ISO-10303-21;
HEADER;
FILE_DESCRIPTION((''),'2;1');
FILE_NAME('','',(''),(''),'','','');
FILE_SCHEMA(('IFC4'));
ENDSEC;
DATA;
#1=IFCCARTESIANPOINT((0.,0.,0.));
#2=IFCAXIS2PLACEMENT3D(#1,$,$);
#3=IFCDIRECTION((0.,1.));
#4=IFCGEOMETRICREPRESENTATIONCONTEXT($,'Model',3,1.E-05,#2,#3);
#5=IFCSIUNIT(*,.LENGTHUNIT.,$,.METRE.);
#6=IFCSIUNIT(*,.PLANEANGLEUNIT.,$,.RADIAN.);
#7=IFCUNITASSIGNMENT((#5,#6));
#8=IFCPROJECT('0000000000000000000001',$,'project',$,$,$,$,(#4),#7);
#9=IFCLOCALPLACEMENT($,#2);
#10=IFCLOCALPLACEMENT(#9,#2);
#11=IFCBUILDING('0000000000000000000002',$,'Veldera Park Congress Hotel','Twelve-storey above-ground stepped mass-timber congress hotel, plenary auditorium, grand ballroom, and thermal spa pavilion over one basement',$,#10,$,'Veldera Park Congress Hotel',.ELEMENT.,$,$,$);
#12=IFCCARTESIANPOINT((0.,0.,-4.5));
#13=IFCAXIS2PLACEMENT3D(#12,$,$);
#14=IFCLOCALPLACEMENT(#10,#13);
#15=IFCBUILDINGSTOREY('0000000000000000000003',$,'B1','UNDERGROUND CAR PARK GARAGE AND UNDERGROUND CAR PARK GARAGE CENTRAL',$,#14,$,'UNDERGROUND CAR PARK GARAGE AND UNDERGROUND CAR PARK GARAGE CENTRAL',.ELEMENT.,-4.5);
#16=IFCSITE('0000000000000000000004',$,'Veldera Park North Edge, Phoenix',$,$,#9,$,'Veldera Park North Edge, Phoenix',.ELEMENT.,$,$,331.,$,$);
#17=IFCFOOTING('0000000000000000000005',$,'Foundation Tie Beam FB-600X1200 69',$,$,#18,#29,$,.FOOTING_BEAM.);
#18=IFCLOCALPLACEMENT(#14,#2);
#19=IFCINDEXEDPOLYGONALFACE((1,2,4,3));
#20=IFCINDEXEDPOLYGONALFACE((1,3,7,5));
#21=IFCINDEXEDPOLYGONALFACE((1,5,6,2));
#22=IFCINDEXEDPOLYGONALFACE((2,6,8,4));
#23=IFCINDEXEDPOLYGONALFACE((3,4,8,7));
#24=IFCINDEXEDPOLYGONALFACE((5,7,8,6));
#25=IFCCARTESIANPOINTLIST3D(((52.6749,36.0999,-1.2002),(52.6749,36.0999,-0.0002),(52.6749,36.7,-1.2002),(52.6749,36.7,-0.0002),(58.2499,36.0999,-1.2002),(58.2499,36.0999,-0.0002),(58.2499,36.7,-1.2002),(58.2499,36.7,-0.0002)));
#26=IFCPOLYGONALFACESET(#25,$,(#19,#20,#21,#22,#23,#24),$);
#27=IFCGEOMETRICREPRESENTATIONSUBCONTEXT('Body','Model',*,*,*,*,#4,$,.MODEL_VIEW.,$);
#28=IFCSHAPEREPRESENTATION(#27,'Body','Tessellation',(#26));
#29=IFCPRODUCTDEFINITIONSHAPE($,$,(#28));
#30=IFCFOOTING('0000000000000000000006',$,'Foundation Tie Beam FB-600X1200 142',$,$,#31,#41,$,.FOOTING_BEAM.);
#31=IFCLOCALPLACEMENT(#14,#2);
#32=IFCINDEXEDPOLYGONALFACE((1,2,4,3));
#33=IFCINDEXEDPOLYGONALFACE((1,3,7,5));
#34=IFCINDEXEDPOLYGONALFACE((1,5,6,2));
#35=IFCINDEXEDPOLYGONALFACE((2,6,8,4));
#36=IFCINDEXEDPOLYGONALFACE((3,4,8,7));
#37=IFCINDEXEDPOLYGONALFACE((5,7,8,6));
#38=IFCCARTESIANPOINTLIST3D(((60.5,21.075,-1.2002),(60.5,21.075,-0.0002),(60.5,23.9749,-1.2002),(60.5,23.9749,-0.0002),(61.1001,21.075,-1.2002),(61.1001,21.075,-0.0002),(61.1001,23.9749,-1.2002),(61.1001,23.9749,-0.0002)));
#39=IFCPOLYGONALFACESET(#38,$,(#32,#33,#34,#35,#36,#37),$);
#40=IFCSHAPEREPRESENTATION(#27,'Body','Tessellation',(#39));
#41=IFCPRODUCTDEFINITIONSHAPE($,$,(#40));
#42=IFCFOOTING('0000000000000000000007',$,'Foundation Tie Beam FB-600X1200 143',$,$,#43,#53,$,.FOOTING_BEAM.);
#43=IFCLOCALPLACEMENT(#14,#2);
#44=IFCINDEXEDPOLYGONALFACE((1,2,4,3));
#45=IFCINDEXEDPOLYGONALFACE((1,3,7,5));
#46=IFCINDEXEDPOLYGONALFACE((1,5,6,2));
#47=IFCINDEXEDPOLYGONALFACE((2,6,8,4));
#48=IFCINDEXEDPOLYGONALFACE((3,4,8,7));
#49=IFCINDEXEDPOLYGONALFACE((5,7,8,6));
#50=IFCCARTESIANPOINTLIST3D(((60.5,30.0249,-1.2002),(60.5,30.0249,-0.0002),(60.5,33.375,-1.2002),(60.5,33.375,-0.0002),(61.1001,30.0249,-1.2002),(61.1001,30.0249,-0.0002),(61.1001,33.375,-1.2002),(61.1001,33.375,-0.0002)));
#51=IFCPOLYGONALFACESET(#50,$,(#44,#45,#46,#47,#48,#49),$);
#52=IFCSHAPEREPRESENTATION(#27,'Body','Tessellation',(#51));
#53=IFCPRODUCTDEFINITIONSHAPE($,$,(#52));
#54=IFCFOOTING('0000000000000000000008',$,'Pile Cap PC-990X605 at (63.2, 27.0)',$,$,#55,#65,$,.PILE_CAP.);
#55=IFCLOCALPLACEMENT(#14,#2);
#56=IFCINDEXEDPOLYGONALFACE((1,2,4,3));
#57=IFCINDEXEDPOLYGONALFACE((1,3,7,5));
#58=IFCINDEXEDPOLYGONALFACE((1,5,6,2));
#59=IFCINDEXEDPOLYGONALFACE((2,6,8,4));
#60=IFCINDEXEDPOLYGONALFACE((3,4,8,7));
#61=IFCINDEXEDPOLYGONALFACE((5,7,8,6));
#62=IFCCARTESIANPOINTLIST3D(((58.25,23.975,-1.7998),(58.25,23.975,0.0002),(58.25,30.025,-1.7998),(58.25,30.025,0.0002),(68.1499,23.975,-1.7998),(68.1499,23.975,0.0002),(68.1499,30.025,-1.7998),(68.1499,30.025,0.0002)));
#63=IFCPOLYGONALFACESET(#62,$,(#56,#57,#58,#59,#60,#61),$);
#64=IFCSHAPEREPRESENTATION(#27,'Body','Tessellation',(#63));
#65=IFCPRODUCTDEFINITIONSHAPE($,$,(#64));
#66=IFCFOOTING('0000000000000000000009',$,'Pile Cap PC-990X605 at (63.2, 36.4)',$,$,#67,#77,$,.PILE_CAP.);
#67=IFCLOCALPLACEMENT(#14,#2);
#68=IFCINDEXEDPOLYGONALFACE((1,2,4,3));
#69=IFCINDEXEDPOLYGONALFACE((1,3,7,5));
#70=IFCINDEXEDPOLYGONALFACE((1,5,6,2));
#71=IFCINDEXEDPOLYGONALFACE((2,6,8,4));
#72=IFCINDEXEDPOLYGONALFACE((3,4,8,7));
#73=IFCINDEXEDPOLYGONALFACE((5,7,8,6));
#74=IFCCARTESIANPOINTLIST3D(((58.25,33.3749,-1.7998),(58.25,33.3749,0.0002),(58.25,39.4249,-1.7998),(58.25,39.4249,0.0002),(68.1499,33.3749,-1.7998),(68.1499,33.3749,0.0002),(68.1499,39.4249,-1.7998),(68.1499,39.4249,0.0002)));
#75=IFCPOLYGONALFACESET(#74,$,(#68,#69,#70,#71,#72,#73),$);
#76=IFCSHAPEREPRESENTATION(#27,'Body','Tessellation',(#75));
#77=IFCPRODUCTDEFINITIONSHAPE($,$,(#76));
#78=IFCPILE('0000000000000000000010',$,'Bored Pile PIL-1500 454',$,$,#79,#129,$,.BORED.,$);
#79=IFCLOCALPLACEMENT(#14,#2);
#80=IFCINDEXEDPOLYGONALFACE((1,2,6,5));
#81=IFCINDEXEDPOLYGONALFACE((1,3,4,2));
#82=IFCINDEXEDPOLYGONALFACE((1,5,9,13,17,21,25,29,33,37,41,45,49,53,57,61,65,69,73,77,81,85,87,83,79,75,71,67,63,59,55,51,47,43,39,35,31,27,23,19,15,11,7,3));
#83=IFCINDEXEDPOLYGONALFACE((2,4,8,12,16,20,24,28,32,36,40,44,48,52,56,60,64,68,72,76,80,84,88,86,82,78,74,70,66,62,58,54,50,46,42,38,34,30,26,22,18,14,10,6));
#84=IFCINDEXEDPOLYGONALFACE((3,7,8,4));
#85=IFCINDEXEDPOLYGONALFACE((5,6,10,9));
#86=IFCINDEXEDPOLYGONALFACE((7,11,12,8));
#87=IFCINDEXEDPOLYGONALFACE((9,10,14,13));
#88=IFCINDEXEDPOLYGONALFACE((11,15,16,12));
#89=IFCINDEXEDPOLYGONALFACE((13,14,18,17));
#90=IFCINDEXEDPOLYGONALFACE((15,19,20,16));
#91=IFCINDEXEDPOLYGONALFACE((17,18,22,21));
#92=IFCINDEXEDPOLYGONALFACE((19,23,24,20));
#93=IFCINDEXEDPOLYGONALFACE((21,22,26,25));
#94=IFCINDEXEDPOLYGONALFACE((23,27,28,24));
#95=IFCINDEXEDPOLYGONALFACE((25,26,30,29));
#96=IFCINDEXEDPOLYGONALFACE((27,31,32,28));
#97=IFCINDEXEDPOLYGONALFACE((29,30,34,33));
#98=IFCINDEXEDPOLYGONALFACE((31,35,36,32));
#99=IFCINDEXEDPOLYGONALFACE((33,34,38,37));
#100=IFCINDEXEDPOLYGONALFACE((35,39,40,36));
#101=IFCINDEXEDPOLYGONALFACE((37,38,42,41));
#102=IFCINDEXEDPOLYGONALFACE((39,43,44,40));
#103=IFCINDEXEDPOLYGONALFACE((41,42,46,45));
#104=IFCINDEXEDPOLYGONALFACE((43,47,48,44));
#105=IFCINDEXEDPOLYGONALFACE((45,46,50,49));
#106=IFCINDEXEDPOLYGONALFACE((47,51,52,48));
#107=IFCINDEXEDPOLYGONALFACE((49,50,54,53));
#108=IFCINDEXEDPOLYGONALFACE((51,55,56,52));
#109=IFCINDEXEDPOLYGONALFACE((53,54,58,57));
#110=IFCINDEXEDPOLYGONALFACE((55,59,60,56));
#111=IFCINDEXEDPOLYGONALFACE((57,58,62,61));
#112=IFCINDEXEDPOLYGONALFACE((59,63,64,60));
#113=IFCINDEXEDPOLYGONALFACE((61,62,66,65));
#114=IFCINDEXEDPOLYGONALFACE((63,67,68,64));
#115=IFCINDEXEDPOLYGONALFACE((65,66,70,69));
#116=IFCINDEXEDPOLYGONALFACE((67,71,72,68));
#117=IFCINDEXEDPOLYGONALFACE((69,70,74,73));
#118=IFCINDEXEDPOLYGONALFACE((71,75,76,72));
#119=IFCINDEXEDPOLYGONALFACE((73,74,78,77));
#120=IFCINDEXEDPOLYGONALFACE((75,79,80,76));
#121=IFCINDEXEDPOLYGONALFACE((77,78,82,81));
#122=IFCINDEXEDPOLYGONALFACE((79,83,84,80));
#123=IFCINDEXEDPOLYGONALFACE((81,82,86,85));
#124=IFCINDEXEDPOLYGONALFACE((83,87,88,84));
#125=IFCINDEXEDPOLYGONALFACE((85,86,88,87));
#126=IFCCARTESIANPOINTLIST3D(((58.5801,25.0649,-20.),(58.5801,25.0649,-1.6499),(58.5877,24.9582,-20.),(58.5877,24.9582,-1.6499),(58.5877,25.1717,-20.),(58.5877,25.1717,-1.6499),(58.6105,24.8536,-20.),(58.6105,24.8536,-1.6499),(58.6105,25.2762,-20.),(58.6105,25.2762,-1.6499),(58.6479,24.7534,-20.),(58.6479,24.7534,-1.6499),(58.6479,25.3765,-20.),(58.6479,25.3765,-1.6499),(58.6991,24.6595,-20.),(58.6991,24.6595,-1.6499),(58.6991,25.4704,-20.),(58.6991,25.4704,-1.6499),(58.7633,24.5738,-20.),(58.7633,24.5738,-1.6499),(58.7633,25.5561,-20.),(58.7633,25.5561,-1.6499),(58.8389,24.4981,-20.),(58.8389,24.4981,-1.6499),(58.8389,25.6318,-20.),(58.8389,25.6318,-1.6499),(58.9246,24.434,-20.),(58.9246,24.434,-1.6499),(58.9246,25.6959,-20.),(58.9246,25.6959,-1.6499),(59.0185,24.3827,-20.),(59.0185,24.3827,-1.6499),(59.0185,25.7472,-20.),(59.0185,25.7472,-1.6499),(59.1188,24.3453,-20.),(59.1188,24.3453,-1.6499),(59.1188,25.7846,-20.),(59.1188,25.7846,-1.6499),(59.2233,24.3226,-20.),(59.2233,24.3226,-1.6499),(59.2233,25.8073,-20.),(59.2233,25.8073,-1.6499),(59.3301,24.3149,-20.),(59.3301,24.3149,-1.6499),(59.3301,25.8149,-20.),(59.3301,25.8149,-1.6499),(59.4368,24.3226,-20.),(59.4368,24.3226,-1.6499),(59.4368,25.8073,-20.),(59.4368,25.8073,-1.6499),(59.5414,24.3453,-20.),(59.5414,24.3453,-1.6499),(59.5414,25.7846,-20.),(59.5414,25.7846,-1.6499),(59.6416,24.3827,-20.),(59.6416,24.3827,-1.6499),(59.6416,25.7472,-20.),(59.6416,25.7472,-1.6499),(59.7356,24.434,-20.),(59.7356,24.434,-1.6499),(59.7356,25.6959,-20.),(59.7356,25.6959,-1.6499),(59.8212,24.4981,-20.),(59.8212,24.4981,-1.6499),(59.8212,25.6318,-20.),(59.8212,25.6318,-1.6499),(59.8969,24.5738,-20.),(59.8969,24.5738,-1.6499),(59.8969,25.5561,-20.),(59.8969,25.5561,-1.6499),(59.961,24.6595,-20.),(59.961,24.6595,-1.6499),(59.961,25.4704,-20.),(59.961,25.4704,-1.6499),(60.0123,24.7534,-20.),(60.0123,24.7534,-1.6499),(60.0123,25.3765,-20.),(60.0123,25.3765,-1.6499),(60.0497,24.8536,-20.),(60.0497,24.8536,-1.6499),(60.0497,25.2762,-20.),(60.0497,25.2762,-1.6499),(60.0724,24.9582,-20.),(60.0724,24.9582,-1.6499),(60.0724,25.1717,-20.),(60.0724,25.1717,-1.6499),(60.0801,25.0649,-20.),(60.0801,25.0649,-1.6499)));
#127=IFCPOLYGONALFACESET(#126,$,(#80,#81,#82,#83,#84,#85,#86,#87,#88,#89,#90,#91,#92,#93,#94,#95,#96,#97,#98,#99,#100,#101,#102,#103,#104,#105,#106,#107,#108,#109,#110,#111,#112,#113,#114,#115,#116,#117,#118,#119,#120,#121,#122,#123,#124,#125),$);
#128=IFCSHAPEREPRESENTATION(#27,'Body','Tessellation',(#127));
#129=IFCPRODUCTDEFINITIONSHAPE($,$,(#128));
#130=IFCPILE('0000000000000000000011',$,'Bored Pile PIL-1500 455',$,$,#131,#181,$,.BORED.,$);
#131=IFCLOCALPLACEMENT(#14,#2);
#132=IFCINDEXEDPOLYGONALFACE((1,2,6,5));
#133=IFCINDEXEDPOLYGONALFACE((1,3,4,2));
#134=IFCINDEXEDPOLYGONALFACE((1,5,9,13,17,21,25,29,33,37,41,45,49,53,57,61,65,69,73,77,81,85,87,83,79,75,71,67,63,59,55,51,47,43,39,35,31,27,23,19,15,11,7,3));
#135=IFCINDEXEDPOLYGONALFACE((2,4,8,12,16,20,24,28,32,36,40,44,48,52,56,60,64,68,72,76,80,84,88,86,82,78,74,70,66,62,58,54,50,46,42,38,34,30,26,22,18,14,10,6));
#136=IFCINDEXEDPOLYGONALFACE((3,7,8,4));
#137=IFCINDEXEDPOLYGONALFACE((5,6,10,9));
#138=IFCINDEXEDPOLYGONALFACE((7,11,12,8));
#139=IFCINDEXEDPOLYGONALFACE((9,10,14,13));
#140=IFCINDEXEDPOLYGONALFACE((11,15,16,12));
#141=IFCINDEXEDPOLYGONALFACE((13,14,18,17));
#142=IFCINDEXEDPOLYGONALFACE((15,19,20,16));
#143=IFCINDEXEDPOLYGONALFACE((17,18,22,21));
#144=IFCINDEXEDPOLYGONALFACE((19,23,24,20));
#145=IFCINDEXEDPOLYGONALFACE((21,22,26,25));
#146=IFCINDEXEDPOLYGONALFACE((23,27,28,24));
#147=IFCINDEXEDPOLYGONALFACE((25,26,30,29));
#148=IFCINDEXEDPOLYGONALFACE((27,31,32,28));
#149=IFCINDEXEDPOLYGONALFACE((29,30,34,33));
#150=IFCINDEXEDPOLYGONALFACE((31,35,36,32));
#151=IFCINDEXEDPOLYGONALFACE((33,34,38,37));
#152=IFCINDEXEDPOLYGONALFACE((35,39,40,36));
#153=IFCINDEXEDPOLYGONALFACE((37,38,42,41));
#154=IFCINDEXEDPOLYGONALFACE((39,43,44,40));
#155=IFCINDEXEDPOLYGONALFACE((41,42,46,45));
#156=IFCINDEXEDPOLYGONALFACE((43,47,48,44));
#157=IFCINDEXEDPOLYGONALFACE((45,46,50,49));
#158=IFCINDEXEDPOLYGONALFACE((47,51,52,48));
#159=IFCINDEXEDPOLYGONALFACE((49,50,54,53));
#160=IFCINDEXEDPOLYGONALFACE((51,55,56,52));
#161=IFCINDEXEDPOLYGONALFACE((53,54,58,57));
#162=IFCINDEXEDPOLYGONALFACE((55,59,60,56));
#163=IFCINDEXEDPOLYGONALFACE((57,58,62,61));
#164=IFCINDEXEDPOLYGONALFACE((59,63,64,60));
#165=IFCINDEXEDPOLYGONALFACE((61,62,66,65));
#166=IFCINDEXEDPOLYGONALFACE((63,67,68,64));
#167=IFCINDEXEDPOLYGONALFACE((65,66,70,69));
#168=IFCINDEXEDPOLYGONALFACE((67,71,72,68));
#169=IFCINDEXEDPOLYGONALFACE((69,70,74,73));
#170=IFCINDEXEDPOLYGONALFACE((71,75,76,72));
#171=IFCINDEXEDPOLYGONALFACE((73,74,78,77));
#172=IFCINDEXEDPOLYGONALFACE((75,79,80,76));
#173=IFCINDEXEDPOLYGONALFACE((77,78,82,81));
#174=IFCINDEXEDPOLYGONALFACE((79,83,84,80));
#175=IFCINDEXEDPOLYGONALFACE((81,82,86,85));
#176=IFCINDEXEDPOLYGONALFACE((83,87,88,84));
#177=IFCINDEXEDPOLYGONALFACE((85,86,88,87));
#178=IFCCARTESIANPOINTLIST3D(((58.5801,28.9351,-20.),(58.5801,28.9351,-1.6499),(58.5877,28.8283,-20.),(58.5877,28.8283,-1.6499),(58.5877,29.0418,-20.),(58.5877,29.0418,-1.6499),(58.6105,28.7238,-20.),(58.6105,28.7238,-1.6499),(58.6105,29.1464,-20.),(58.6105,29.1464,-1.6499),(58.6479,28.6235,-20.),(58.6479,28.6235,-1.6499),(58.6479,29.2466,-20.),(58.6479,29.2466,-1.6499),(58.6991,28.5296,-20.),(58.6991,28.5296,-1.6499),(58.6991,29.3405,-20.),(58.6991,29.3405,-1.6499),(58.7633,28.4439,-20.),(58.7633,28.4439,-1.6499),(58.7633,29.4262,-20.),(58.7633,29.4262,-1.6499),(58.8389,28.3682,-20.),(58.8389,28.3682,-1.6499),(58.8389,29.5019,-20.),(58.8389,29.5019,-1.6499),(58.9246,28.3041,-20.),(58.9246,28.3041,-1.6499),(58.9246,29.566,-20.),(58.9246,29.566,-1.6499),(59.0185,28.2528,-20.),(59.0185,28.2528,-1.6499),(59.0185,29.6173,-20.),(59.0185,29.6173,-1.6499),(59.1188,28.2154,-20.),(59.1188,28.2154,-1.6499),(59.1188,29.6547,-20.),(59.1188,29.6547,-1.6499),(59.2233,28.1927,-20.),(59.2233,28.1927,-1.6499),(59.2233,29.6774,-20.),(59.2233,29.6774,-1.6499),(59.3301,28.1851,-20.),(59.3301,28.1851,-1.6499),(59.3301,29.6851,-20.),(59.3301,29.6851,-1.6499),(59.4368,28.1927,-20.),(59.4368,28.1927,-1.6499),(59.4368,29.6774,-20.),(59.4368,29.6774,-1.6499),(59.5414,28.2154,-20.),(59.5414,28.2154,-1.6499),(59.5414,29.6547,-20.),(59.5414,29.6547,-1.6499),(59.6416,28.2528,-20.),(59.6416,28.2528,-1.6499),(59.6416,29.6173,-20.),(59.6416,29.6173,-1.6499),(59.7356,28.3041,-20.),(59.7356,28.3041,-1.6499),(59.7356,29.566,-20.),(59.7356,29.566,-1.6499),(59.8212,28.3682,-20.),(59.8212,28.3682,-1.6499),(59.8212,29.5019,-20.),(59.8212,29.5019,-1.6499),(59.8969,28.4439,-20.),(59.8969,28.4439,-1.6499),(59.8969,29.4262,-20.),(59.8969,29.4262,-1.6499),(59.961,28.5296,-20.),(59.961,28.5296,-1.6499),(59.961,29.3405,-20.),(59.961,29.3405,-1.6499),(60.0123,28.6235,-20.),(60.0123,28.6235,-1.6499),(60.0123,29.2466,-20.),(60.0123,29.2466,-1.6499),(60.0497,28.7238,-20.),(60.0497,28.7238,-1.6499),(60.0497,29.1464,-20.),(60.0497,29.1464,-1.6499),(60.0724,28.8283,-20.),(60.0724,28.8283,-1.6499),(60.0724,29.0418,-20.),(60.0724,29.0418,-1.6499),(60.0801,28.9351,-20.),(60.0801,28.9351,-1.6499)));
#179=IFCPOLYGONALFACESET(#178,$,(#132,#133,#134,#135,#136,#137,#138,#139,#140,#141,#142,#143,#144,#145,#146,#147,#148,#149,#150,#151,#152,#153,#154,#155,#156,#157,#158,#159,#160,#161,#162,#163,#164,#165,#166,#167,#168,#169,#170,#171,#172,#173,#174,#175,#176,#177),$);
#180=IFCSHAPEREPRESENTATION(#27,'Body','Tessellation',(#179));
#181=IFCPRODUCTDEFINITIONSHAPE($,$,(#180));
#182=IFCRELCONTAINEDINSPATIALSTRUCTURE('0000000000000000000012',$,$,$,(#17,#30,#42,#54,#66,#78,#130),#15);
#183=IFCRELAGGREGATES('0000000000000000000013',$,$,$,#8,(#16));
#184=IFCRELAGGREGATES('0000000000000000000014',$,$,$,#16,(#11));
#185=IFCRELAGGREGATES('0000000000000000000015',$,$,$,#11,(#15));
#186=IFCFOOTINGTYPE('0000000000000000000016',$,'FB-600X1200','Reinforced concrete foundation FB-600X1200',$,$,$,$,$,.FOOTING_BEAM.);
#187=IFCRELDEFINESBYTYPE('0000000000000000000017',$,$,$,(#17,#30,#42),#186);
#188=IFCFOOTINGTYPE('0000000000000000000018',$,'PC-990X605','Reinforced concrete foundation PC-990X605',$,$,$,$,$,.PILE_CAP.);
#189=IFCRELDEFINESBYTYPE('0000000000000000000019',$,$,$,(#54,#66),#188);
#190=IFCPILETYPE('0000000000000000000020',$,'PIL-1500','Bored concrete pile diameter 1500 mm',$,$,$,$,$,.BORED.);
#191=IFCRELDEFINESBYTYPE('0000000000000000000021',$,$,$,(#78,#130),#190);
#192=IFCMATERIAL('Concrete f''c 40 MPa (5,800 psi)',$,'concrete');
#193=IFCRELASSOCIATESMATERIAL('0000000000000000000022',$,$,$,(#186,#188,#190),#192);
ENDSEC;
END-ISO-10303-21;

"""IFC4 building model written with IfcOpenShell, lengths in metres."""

from ifc_helpers import new_model, si_unit, direction, frame, origin, origin_2d, place, context, subcontext, project, spatial, rectangle, circle, extrude, material, material_profile, profile_set, type_object, element, save


model = new_model("IFC4")

# Units and contexts
model_context = context("Model", 3, precision=1e-05, world=origin(), true_north=direction((0.0, 1.0)))
body_context = subcontext(model_context, "Body", "Model", "MODEL_VIEW")
ifc_project = project(units=[si_unit("LENGTHUNIT", "METRE"), si_unit("PLANEANGLEUNIT", "RADIAN")], contexts=[model_context])

# Site, building, storey
site_placement = place(None, origin())
site = spatial("IfcSite", under=ifc_project, at=site_placement, Name="Veldera Park North Edge, Phoenix", LongName="Veldera Park North Edge, Phoenix", CompositionType="ELEMENT", RefElevation=331.0)
building_placement = place(site_placement, origin())
building = spatial("IfcBuilding", under=site, at=building_placement, Name="Veldera Park Congress Hotel", Description="Twelve-storey above-ground stepped mass-timber congress hotel, plenary auditorium, grand ballroom, and thermal spa pavilion over one basement", LongName="Veldera Park Congress Hotel", CompositionType="ELEMENT")
storey_placement = place(building_placement, frame((0.0, 0.0, -4.5)))
storey = spatial("IfcBuildingStorey", under=building, at=storey_placement, Name="B1", Description="UNDERGROUND CAR PARK GARAGE AND UNDERGROUND CAR PARK GARAGE CENTRAL", LongName="UNDERGROUND CAR PARK GARAGE AND UNDERGROUND CAR PARK GARAGE CENTRAL", CompositionType="ELEMENT", Elevation=-4.5)

# Footings
ifc_material_1 = material(Name="Concrete f'c 40 MPa (5,800 psi)", Category="concrete")
footing_type_1 = type_object("IfcFootingType", Name="FB-600X1200", Description="Reinforced concrete foundation FB-600X1200", PredefinedType="FOOTING_BEAM", material=ifc_material_1)
footing_1_placement = place(storey_placement, frame((55.4624, 36.3999, -1.2002), z_axis=(0.0, 0.0, 1.0), x_axis=(1.0, 0.0, 0.0)))
element("IfcFooting", 1, at=footing_1_placement, inside=storey, type_object=footing_type_1, Name="Foundation Tie Beam FB-600X1200 69", PredefinedType="FOOTING_BEAM", context=body_context, shape_type="SweptSolid", body=[
    extrude(rectangle(XDim=5.575, YDim=0.6001, at=origin_2d()), origin(), (0.0, 0.0, 1.0), 1.2),
])
footing_2_placement = place(storey_placement, frame((60.8, 22.5249, -1.2002), z_axis=(0.0, 0.0, 1.0), x_axis=(0.0, 1.0, 0.0)))
element("IfcFooting", 2, at=footing_2_placement, inside=storey, type_object=footing_type_1, Name="Foundation Tie Beam FB-600X1200 142", PredefinedType="FOOTING_BEAM", context=body_context, shape_type="SweptSolid", body=[
    extrude(rectangle(XDim=2.8999, YDim=0.6001, at=origin_2d()), origin(), (0.0, 0.0, 1.0), 1.2),
])
footing_3_placement = place(storey_placement, frame((60.8, 31.7, -1.2002), z_axis=(0.0, 0.0, 1.0), x_axis=(0.0, 1.0, 0.0)))
element("IfcFooting", 3, at=footing_3_placement, inside=storey, type_object=footing_type_1, Name="Foundation Tie Beam FB-600X1200 143", PredefinedType="FOOTING_BEAM", context=body_context, shape_type="SweptSolid", body=[
    extrude(rectangle(XDim=3.3501, YDim=0.6001, at=origin_2d()), origin(), (0.0, 0.0, 1.0), 1.2),
])
footing_type_2 = type_object("IfcFootingType", Name="PC-990X605", Description="Reinforced concrete foundation PC-990X605", PredefinedType="PILE_CAP", material=ifc_material_1)
for number, where, z_axis, x_axis, name in (
    (4, (63.2, 27.0, -1.7998), (0.0, 0.0, 1.0), (1.0, 0.0, 0.0), "Pile Cap PC-990X605 at (63.2, 27.0)"),
    (5, (63.2, 36.3999, -1.7998), (0.0, 0.0, 1.0), (1.0, 0.0, 0.0), "Pile Cap PC-990X605 at (63.2, 36.4)"),
):
    element("IfcFooting", number, at=place(storey_placement, frame(where, z_axis=z_axis, x_axis=x_axis)), inside=storey, type_object=footing_type_2, Name=name, PredefinedType="PILE_CAP", context=body_context, shape_type="SweptSolid", body=[
        extrude(rectangle(XDim=9.8999, YDim=6.05, at=origin_2d()), origin(), (0.0, 0.0, 1.0), 1.8),
    ])

# Piles
ifc_material_profile_1 = material_profile(ifc_material_1, circle(Radius=0.75, at=origin_2d()), Name="PILE D1500")
ifc_profile_set_1 = profile_set([ifc_material_profile_1], Name="Concrete f'c 40 MPa (5,800 psi)")
pile_type = type_object("IfcPileType", Name="PIL-1500", Description="Bored concrete pile diameter 1500 mm", PredefinedType="BORED", material=ifc_profile_set_1)
for number, where, z_axis, x_axis, name in (
    (6, (59.3301, 25.0649, -1.6499), (0.0, 0.0, -1.0), (1.0, 0.0, 0.0), "Bored Pile PIL-1500 454"),
    (7, (59.3301, 28.9351, -1.6499), (0.0, 0.0, -1.0), (1.0, 0.0, 0.0), "Bored Pile PIL-1500 455"),
):
    element("IfcPile", number, at=place(storey_placement, frame(where, z_axis=z_axis, x_axis=x_axis)), inside=storey, type_object=pile_type, Name=name, PredefinedType="BORED", context=body_context, shape_type="SweptSolid", body=[
        extrude(circle(Radius=0.75, at=origin_2d()), origin(), (0.0, 0.0, 1.0), 18.3501),
    ])

save(model, "model.ifc")
